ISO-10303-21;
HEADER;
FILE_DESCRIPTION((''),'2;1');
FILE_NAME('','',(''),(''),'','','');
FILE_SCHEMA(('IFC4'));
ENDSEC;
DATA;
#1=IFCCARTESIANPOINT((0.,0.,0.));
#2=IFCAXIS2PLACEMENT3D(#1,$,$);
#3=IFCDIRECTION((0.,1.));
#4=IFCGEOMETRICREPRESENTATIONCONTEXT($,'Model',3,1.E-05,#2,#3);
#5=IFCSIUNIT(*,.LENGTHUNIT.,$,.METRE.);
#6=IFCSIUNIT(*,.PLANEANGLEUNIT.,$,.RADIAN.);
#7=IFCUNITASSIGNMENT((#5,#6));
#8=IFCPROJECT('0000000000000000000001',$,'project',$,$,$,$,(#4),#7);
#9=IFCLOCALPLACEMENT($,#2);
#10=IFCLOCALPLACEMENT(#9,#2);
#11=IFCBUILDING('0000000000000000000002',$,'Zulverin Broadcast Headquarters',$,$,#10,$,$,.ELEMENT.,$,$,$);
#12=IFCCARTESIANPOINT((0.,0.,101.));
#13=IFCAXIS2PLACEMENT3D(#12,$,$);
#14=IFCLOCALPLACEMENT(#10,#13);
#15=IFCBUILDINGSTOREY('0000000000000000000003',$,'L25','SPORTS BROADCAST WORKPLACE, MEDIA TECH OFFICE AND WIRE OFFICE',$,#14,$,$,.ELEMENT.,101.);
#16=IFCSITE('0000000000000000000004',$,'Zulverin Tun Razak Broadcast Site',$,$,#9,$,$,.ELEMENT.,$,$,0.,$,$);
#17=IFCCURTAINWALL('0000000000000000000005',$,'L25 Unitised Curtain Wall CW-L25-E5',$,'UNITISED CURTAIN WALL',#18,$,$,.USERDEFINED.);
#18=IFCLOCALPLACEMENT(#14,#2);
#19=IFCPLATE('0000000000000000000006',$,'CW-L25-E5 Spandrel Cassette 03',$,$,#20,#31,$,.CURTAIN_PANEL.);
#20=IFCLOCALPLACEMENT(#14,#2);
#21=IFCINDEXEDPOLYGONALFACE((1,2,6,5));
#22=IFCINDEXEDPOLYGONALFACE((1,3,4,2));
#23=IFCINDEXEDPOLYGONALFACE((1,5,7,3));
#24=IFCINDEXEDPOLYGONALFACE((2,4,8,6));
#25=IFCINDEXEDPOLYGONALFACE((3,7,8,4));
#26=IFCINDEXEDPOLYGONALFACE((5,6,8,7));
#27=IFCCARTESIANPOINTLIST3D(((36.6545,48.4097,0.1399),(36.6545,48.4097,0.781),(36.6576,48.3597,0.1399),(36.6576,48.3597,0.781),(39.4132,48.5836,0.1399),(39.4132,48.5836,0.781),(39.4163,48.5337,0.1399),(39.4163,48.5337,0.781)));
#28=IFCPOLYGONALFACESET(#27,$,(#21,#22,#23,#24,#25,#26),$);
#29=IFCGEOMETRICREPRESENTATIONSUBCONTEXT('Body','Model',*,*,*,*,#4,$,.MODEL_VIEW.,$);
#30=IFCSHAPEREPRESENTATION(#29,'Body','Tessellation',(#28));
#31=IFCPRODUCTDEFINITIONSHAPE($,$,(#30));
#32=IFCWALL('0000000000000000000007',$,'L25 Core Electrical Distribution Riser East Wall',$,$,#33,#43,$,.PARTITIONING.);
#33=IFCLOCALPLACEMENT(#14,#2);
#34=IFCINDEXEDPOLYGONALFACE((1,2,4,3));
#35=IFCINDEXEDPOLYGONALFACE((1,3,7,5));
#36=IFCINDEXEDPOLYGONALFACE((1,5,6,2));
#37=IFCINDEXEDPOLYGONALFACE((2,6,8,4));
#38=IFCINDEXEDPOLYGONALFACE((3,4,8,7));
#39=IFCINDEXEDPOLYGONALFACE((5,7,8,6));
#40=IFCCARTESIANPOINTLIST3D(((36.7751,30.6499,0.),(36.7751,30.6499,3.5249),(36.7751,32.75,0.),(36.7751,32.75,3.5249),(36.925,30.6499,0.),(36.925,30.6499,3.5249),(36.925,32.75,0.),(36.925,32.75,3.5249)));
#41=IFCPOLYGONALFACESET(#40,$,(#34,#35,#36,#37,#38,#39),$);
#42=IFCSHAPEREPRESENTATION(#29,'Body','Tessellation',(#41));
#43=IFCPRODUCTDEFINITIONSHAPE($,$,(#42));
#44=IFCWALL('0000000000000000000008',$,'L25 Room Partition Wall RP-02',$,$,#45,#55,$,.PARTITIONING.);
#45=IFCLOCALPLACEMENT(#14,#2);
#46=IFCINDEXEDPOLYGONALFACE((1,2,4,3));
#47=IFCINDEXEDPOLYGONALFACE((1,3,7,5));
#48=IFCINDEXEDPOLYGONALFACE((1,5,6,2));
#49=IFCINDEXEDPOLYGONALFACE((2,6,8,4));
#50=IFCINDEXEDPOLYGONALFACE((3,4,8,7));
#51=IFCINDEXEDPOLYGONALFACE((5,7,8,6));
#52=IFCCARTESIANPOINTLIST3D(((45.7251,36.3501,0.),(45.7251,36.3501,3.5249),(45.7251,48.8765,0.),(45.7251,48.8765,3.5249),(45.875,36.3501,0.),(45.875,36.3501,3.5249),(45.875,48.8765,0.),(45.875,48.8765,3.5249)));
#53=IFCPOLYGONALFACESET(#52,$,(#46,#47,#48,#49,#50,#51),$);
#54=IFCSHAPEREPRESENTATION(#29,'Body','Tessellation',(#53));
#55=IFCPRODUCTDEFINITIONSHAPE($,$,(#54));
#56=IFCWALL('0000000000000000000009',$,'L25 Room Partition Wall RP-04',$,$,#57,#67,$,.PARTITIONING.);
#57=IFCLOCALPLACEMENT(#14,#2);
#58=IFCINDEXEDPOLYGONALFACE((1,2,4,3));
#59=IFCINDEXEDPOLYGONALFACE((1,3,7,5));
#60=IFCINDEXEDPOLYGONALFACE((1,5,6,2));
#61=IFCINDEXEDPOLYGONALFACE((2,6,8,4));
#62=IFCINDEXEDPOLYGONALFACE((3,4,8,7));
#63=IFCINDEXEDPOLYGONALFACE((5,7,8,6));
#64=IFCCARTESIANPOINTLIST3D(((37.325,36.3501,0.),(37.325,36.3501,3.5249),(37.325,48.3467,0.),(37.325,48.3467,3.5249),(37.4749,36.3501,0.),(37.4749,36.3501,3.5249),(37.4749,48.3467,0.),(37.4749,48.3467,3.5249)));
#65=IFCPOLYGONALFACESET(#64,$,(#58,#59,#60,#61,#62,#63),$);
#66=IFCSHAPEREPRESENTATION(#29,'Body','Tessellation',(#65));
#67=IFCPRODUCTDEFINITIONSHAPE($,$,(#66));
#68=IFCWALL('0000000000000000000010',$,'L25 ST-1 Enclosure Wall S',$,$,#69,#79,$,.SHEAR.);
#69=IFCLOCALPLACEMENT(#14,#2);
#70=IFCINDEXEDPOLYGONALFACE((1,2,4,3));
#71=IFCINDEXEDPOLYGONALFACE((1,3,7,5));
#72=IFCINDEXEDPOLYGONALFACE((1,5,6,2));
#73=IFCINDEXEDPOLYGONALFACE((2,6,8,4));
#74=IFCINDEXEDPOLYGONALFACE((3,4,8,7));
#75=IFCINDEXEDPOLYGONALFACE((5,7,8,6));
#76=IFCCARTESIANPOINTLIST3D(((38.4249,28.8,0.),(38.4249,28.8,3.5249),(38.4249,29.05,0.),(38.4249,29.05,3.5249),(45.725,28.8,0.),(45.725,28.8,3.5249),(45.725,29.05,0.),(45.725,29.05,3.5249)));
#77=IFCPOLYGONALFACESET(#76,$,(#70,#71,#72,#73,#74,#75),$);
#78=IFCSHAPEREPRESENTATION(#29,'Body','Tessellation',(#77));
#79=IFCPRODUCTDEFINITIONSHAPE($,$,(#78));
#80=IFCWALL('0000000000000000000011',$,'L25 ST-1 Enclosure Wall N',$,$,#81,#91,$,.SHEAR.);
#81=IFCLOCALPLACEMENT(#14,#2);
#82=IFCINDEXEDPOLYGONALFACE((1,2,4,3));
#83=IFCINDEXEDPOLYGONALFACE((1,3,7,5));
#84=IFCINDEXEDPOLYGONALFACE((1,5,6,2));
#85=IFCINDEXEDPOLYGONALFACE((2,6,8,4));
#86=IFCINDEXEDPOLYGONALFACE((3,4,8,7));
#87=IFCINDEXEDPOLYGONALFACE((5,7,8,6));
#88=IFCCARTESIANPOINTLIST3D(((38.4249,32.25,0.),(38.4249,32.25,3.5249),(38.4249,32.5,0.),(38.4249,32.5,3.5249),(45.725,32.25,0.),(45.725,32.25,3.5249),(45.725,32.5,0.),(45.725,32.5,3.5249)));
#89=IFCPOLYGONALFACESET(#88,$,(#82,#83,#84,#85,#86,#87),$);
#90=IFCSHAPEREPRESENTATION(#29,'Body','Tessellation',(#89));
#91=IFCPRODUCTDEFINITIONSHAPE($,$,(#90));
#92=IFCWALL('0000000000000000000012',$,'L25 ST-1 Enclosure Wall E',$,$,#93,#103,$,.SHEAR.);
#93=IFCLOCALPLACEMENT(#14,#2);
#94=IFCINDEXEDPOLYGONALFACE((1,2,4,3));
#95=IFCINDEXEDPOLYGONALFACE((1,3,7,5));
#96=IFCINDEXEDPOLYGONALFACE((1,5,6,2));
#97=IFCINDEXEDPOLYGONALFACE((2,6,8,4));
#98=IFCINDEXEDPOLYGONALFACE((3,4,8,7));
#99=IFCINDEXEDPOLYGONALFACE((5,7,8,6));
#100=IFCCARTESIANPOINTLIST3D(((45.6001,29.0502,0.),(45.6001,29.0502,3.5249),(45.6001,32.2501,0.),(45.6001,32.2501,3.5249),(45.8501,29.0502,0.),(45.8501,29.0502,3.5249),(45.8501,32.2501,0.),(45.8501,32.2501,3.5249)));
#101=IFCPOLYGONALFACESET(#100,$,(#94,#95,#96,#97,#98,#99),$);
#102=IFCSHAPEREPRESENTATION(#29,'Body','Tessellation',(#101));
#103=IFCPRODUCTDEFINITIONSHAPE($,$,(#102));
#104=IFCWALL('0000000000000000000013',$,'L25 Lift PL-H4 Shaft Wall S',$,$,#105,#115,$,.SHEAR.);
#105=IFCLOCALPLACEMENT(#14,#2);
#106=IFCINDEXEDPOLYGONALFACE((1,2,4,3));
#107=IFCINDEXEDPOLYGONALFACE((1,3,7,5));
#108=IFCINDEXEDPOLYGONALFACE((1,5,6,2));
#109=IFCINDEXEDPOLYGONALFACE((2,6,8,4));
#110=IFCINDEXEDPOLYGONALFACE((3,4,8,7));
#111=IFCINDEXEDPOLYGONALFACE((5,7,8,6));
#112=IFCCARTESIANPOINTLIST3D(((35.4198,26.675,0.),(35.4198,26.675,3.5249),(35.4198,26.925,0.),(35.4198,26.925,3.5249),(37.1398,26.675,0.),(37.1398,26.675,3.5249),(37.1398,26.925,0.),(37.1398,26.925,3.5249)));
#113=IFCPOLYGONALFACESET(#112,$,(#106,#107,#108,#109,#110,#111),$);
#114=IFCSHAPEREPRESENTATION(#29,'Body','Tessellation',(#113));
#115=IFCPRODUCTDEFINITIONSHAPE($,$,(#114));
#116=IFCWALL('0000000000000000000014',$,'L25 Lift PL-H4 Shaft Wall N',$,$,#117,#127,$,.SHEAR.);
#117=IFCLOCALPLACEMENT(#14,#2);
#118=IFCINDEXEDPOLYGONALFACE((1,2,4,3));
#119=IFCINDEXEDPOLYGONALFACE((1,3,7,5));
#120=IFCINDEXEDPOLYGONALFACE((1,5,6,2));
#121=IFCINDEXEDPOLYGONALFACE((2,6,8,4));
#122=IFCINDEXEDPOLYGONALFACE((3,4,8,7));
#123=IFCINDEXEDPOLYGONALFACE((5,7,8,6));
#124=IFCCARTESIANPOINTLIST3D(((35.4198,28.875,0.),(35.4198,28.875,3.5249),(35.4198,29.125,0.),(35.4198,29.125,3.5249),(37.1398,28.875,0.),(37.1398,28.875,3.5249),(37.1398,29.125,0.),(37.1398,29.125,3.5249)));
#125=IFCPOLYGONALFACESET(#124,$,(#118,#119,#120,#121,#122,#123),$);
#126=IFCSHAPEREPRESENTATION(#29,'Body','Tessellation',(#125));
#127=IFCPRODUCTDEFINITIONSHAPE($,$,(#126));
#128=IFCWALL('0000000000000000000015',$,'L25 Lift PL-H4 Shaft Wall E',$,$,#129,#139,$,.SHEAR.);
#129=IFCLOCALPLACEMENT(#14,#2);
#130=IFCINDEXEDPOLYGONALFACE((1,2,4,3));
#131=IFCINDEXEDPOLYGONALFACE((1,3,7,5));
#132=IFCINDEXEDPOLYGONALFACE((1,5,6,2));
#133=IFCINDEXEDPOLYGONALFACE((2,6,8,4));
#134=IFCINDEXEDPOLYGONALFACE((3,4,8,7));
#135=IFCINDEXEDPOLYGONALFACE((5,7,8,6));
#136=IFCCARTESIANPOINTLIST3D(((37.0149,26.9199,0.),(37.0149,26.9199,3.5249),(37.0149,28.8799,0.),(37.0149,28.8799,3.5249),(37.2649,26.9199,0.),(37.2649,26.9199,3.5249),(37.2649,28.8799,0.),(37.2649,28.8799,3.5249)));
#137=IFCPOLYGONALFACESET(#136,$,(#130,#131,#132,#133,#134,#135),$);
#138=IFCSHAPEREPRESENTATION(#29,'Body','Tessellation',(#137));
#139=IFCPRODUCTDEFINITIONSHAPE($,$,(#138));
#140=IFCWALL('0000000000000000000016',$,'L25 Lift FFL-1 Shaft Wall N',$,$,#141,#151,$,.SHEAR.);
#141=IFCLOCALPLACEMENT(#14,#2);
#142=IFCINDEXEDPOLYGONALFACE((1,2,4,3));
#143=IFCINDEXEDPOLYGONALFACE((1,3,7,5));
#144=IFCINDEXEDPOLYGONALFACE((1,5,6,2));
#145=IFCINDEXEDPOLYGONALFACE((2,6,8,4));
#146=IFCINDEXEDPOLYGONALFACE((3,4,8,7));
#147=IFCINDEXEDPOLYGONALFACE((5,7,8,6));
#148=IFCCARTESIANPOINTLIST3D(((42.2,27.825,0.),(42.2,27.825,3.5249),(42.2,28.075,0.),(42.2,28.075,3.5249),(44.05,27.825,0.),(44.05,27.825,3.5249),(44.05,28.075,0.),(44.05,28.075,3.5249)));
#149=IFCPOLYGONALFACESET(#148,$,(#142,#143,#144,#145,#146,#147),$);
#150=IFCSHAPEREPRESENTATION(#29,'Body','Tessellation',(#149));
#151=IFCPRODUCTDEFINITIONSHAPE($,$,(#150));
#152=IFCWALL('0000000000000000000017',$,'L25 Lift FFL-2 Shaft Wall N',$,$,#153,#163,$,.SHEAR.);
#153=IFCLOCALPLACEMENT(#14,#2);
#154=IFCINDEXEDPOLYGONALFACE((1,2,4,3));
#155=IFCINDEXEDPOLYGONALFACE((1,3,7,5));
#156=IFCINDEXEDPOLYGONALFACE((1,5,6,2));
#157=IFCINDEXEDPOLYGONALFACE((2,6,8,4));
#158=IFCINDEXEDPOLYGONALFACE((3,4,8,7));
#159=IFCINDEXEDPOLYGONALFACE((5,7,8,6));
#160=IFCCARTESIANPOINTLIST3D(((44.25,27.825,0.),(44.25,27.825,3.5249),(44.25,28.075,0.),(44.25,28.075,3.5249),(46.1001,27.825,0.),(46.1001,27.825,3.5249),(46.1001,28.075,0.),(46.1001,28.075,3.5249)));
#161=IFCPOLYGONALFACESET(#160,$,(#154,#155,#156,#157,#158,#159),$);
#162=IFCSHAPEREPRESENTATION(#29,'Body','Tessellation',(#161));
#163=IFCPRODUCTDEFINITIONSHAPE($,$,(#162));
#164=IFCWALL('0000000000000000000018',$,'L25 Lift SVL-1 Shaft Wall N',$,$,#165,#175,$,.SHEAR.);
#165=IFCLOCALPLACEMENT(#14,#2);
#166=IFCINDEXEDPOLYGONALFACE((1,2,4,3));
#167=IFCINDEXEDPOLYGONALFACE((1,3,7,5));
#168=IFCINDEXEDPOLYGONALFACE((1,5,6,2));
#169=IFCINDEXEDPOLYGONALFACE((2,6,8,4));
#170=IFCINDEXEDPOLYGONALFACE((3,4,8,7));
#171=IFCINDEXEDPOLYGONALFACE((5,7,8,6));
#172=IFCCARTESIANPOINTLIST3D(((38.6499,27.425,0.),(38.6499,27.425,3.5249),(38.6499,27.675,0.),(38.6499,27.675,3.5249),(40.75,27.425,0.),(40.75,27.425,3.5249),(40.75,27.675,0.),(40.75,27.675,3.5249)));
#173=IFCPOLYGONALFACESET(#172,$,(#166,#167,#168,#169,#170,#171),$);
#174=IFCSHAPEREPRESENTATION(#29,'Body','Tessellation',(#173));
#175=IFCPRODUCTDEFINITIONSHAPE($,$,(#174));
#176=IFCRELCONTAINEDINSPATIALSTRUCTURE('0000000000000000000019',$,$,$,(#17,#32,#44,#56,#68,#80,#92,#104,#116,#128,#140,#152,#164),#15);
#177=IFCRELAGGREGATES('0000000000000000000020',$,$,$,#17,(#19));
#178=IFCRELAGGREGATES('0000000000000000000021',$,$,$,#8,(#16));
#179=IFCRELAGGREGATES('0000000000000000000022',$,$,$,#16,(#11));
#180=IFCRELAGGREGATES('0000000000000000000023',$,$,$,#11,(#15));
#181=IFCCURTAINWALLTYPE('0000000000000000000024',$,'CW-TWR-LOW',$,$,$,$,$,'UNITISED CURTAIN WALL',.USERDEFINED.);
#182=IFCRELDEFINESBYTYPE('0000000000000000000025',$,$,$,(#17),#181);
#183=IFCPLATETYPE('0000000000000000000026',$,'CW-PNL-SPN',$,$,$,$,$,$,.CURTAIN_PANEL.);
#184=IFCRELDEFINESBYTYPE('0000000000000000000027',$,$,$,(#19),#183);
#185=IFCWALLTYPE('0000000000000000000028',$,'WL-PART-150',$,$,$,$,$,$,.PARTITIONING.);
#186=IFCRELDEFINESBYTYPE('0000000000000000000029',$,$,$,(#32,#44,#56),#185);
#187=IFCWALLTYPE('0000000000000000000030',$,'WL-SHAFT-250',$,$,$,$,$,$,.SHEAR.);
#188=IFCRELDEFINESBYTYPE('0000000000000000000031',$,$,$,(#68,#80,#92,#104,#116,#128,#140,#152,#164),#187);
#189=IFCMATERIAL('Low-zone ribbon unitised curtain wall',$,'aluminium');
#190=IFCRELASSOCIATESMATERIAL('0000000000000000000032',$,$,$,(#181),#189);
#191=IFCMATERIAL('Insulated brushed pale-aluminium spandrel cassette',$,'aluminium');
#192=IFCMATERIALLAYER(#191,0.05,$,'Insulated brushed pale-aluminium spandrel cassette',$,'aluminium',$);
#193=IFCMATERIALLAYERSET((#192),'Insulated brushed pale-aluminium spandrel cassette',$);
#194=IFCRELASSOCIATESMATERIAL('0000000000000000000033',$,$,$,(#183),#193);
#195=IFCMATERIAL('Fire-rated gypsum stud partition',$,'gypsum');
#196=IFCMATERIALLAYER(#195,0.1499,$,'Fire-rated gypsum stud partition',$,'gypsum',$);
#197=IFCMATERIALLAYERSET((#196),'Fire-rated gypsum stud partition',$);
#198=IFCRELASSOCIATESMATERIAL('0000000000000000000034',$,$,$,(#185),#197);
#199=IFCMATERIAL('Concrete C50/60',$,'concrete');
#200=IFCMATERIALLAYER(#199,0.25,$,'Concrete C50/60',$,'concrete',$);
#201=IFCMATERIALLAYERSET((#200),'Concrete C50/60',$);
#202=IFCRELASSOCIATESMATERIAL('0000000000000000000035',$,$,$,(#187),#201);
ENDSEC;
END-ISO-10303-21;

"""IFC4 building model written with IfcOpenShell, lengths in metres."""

from ifc_helpers import new_model, si_unit, direction, frame, frame_2d, origin, origin_2d, place, context, subcontext, project, spatial, rectangle, extrude, material, layer, layer_set, type_object, element, aggregate, save


model = new_model("IFC4")

# Units and contexts
model_context = context("Model", 3, precision=1e-05, world=origin(), true_north=direction((0.0, 1.0)))
body_context = subcontext(model_context, "Body", "Model", "MODEL_VIEW")
ifc_project = project(units=[si_unit("LENGTHUNIT", "METRE"), si_unit("PLANEANGLEUNIT", "RADIAN")], contexts=[model_context])

# Site, building, storey
site_placement = place(None, origin())
site = spatial("IfcSite", under=ifc_project, at=site_placement, Name="Zulverin Tun Razak Broadcast Site", CompositionType="ELEMENT", RefElevation=0.0)
building_placement = place(site_placement, origin())
building = spatial("IfcBuilding", under=site, at=building_placement, Name="Zulverin Broadcast Headquarters", CompositionType="ELEMENT")
storey_placement = place(building_placement, frame((0.0, 0.0, 101.0)))
storey = spatial("IfcBuildingStorey", under=building, at=storey_placement, Name="L25", Description="SPORTS BROADCAST WORKPLACE, MEDIA TECH OFFICE AND WIRE OFFICE", CompositionType="ELEMENT", Elevation=101.0)

# Curtain wall, plate
ifc_material_1 = material(Name="Low-zone ribbon unitised curtain wall", Category="aluminium")
curtain_wall_type = type_object("IfcCurtainWallType", Name="CW-TWR-LOW", ElementType="UNITISED CURTAIN WALL", PredefinedType="USERDEFINED", material=ifc_material_1)
curtain_wall_placement = place(storey_placement, origin())
curtain_wall = element("IfcCurtainWall", 1, at=curtain_wall_placement, inside=storey, type_object=curtain_wall_type, Name="L25 Unitised Curtain Wall CW-L25-E5", ObjectType="UNITISED CURTAIN WALL", PredefinedType="USERDEFINED")
ifc_material_2 = material(Name="Insulated brushed pale-aluminium spandrel cassette", Category="aluminium")
ifc_layer_1 = layer(ifc_material_2, 0.05, Name="Insulated brushed pale-aluminium spandrel cassette", Category="aluminium")
ifc_layer_set_1 = layer_set([ifc_layer_1], Name="Insulated brushed pale-aluminium spandrel cassette")
plate_type_1 = type_object("IfcPlateType", Name="CW-PNL-SPN", PredefinedType="CURTAIN_PANEL", material=ifc_layer_set_1)
plate_1_placement = place(storey_placement, frame((38.0354, 48.4717, 0.1399), z_axis=(0.0, 0.0, 1.0), x_axis=(-0.998018, -0.062935, 0.0)))
plate_1 = element("IfcPlate", 2, at=plate_1_placement, type_object=plate_type_1, Name="CW-L25-E5 Spandrel Cassette 03", PredefinedType="CURTAIN_PANEL", context=body_context, shape_type="SweptSolid", body=[
    extrude(rectangle(XDim=2.7642, YDim=0.05, at=origin_2d()), origin(), (0.0, 0.0, 1.0), 0.6411),
])
aggregate(curtain_wall, [plate_1])

# Walls
ifc_material_3 = material(Name="Fire-rated gypsum stud partition", Category="gypsum")
ifc_layer_2 = layer(ifc_material_3, 0.1499, Name="Fire-rated gypsum stud partition", Category="gypsum")
ifc_layer_set_2 = layer_set([ifc_layer_2], Name="Fire-rated gypsum stud partition")
wall_type_1 = type_object("IfcWallType", Name="WL-PART-150", PredefinedType="PARTITIONING", material=ifc_layer_set_2)
wall_1_placement = place(storey_placement, frame((36.8501, 30.6499, 0.0), z_axis=(0.0, 0.0, 1.0), x_axis=(0.0, 1.0, 0.0)))
element("IfcWall", 3, at=wall_1_placement, inside=storey, type_object=wall_type_1, Name="L25 Core Electrical Distribution Riser East Wall", PredefinedType="PARTITIONING", context=body_context, shape_type="SweptSolid", body=[
    extrude(rectangle(XDim=2.1001, YDim=0.1499, at=frame_2d((1.05, 0.0))), origin(), (0.0, 0.0, 1.0), 3.5249),
])
wall_2_placement = place(storey_placement, frame((45.8, 36.3501, 0.0), z_axis=(0.0, 0.0, 1.0), x_axis=(0.0, 1.0, 0.0)))
element("IfcWall", 4, at=wall_2_placement, inside=storey, type_object=wall_type_1, Name="L25 Room Partition Wall RP-02", PredefinedType="PARTITIONING", context=body_context, shape_type="SweptSolid", body=[
    extrude(rectangle(XDim=12.5264, YDim=0.1499, at=frame_2d((6.2632, 0.0))), origin(), (0.0, 0.0, 1.0), 3.5249),
])
wall_3_placement = place(storey_placement, frame((37.3999, 36.3501, 0.0), z_axis=(0.0, 0.0, 1.0), x_axis=(0.0, 1.0, 0.0)))
element("IfcWall", 5, at=wall_3_placement, inside=storey, type_object=wall_type_1, Name="L25 Room Partition Wall RP-04", PredefinedType="PARTITIONING", context=body_context, shape_type="SweptSolid", body=[
    extrude(rectangle(XDim=11.9966, YDim=0.1499, at=frame_2d((5.9983, 0.0))), origin(), (0.0, 0.0, 1.0), 3.5249),
])
ifc_material_4 = material(Name="Concrete C50/60", Category="concrete")
ifc_layer_3 = layer(ifc_material_4, 0.25, Name="Concrete C50/60", Category="concrete")
ifc_layer_set_3 = layer_set([ifc_layer_3], Name="Concrete C50/60")
wall_type_2 = type_object("IfcWallType", Name="WL-SHAFT-250", PredefinedType="SHEAR", material=ifc_layer_set_3)
for number, where, z_axis, x_axis, name in (
    (6, (38.425, 28.925, 0.0), (0.0, 0.0, 1.0), (1.0, 0.0, 0.0), "L25 ST-1 Enclosure Wall S"),
    (7, (38.425, 32.375, 0.0), (0.0, 0.0, 1.0), (1.0, 0.0, 0.0), "L25 ST-1 Enclosure Wall N"),
):
    element("IfcWall", number, at=place(storey_placement, frame(where, z_axis=z_axis, x_axis=x_axis)), inside=storey, type_object=wall_type_2, Name=name, PredefinedType="SHEAR", context=body_context, shape_type="SweptSolid", body=[
        extrude(rectangle(XDim=7.3, YDim=0.25, at=frame_2d((3.6499, 0.0))), origin(), (0.0, 0.0, 1.0), 3.5249),
    ])

# Walls
wall_4_placement = place(storey_placement, frame((45.7251, 29.05, 0.0), z_axis=(0.0, 0.0, 1.0), x_axis=(0.0, 1.0, 0.0)))
element("IfcWall", 8, at=wall_4_placement, inside=storey, type_object=wall_type_2, Name="L25 ST-1 Enclosure Wall E", PredefinedType="SHEAR", context=body_context, shape_type="SweptSolid", body=[
    extrude(rectangle(XDim=3.2, YDim=0.25, at=frame_2d((1.6001, 0.0))), origin(), (0.0, 0.0, 1.0), 3.5249),
])
for number, where, z_axis, x_axis, name in (
    (9, (35.4199, 26.8, 0.0), (0.0, 0.0, 1.0), (1.0, 0.0, 0.0), "L25 Lift PL-H4 Shaft Wall S"),
    (10, (35.4199, 29.0, 0.0), (0.0, 0.0, 1.0), (1.0, 0.0, 0.0), "L25 Lift PL-H4 Shaft Wall N"),
):
    element("IfcWall", number, at=place(storey_placement, frame(where, z_axis=z_axis, x_axis=x_axis)), inside=storey, type_object=wall_type_2, Name=name, PredefinedType="SHEAR", context=body_context, shape_type="SweptSolid", body=[
        extrude(rectangle(XDim=1.72, YDim=0.25, at=frame_2d((0.8599, 0.0))), origin(), (0.0, 0.0, 1.0), 3.5249),
    ])
wall_5_placement = place(storey_placement, frame((37.1399, 26.9199, 0.0), z_axis=(0.0, 0.0, 1.0), x_axis=(0.0, 1.0, 0.0)))
element("IfcWall", 11, at=wall_5_placement, inside=storey, type_object=wall_type_2, Name="L25 Lift PL-H4 Shaft Wall E", PredefinedType="SHEAR", context=body_context, shape_type="SweptSolid", body=[
    extrude(rectangle(XDim=1.96, YDim=0.25, at=frame_2d((0.98, 0.0))), origin(), (0.0, 0.0, 1.0), 3.5249),
])
for number, where, z_axis, x_axis, name in (
    (12, (42.2, 27.95, 0.0), (0.0, 0.0, 1.0), (1.0, 0.0, 0.0), "L25 Lift FFL-1 Shaft Wall N"),
    (13, (44.25, 27.95, 0.0), (0.0, 0.0, 1.0), (1.0, 0.0, 0.0), "L25 Lift FFL-2 Shaft Wall N"),
):
    element("IfcWall", number, at=place(storey_placement, frame(where, z_axis=z_axis, x_axis=x_axis)), inside=storey, type_object=wall_type_2, Name=name, PredefinedType="SHEAR", context=body_context, shape_type="SweptSolid", body=[
        extrude(rectangle(XDim=1.8501, YDim=0.25, at=frame_2d((0.925, 0.0))), origin(), (0.0, 0.0, 1.0), 3.5249),
    ])
wall_6_placement = place(storey_placement, frame((38.6499, 27.55, 0.0), z_axis=(0.0, 0.0, 1.0), x_axis=(1.0, 0.0, 0.0)))
element("IfcWall", 14, at=wall_6_placement, inside=storey, type_object=wall_type_2, Name="L25 Lift SVL-1 Shaft Wall N", PredefinedType="SHEAR", context=body_context, shape_type="SweptSolid", body=[
    extrude(rectangle(XDim=2.1001, YDim=0.25, at=frame_2d((1.05, 0.0))), origin(), (0.0, 0.0, 1.0), 3.5249),
])

save(model, "model.ifc")
